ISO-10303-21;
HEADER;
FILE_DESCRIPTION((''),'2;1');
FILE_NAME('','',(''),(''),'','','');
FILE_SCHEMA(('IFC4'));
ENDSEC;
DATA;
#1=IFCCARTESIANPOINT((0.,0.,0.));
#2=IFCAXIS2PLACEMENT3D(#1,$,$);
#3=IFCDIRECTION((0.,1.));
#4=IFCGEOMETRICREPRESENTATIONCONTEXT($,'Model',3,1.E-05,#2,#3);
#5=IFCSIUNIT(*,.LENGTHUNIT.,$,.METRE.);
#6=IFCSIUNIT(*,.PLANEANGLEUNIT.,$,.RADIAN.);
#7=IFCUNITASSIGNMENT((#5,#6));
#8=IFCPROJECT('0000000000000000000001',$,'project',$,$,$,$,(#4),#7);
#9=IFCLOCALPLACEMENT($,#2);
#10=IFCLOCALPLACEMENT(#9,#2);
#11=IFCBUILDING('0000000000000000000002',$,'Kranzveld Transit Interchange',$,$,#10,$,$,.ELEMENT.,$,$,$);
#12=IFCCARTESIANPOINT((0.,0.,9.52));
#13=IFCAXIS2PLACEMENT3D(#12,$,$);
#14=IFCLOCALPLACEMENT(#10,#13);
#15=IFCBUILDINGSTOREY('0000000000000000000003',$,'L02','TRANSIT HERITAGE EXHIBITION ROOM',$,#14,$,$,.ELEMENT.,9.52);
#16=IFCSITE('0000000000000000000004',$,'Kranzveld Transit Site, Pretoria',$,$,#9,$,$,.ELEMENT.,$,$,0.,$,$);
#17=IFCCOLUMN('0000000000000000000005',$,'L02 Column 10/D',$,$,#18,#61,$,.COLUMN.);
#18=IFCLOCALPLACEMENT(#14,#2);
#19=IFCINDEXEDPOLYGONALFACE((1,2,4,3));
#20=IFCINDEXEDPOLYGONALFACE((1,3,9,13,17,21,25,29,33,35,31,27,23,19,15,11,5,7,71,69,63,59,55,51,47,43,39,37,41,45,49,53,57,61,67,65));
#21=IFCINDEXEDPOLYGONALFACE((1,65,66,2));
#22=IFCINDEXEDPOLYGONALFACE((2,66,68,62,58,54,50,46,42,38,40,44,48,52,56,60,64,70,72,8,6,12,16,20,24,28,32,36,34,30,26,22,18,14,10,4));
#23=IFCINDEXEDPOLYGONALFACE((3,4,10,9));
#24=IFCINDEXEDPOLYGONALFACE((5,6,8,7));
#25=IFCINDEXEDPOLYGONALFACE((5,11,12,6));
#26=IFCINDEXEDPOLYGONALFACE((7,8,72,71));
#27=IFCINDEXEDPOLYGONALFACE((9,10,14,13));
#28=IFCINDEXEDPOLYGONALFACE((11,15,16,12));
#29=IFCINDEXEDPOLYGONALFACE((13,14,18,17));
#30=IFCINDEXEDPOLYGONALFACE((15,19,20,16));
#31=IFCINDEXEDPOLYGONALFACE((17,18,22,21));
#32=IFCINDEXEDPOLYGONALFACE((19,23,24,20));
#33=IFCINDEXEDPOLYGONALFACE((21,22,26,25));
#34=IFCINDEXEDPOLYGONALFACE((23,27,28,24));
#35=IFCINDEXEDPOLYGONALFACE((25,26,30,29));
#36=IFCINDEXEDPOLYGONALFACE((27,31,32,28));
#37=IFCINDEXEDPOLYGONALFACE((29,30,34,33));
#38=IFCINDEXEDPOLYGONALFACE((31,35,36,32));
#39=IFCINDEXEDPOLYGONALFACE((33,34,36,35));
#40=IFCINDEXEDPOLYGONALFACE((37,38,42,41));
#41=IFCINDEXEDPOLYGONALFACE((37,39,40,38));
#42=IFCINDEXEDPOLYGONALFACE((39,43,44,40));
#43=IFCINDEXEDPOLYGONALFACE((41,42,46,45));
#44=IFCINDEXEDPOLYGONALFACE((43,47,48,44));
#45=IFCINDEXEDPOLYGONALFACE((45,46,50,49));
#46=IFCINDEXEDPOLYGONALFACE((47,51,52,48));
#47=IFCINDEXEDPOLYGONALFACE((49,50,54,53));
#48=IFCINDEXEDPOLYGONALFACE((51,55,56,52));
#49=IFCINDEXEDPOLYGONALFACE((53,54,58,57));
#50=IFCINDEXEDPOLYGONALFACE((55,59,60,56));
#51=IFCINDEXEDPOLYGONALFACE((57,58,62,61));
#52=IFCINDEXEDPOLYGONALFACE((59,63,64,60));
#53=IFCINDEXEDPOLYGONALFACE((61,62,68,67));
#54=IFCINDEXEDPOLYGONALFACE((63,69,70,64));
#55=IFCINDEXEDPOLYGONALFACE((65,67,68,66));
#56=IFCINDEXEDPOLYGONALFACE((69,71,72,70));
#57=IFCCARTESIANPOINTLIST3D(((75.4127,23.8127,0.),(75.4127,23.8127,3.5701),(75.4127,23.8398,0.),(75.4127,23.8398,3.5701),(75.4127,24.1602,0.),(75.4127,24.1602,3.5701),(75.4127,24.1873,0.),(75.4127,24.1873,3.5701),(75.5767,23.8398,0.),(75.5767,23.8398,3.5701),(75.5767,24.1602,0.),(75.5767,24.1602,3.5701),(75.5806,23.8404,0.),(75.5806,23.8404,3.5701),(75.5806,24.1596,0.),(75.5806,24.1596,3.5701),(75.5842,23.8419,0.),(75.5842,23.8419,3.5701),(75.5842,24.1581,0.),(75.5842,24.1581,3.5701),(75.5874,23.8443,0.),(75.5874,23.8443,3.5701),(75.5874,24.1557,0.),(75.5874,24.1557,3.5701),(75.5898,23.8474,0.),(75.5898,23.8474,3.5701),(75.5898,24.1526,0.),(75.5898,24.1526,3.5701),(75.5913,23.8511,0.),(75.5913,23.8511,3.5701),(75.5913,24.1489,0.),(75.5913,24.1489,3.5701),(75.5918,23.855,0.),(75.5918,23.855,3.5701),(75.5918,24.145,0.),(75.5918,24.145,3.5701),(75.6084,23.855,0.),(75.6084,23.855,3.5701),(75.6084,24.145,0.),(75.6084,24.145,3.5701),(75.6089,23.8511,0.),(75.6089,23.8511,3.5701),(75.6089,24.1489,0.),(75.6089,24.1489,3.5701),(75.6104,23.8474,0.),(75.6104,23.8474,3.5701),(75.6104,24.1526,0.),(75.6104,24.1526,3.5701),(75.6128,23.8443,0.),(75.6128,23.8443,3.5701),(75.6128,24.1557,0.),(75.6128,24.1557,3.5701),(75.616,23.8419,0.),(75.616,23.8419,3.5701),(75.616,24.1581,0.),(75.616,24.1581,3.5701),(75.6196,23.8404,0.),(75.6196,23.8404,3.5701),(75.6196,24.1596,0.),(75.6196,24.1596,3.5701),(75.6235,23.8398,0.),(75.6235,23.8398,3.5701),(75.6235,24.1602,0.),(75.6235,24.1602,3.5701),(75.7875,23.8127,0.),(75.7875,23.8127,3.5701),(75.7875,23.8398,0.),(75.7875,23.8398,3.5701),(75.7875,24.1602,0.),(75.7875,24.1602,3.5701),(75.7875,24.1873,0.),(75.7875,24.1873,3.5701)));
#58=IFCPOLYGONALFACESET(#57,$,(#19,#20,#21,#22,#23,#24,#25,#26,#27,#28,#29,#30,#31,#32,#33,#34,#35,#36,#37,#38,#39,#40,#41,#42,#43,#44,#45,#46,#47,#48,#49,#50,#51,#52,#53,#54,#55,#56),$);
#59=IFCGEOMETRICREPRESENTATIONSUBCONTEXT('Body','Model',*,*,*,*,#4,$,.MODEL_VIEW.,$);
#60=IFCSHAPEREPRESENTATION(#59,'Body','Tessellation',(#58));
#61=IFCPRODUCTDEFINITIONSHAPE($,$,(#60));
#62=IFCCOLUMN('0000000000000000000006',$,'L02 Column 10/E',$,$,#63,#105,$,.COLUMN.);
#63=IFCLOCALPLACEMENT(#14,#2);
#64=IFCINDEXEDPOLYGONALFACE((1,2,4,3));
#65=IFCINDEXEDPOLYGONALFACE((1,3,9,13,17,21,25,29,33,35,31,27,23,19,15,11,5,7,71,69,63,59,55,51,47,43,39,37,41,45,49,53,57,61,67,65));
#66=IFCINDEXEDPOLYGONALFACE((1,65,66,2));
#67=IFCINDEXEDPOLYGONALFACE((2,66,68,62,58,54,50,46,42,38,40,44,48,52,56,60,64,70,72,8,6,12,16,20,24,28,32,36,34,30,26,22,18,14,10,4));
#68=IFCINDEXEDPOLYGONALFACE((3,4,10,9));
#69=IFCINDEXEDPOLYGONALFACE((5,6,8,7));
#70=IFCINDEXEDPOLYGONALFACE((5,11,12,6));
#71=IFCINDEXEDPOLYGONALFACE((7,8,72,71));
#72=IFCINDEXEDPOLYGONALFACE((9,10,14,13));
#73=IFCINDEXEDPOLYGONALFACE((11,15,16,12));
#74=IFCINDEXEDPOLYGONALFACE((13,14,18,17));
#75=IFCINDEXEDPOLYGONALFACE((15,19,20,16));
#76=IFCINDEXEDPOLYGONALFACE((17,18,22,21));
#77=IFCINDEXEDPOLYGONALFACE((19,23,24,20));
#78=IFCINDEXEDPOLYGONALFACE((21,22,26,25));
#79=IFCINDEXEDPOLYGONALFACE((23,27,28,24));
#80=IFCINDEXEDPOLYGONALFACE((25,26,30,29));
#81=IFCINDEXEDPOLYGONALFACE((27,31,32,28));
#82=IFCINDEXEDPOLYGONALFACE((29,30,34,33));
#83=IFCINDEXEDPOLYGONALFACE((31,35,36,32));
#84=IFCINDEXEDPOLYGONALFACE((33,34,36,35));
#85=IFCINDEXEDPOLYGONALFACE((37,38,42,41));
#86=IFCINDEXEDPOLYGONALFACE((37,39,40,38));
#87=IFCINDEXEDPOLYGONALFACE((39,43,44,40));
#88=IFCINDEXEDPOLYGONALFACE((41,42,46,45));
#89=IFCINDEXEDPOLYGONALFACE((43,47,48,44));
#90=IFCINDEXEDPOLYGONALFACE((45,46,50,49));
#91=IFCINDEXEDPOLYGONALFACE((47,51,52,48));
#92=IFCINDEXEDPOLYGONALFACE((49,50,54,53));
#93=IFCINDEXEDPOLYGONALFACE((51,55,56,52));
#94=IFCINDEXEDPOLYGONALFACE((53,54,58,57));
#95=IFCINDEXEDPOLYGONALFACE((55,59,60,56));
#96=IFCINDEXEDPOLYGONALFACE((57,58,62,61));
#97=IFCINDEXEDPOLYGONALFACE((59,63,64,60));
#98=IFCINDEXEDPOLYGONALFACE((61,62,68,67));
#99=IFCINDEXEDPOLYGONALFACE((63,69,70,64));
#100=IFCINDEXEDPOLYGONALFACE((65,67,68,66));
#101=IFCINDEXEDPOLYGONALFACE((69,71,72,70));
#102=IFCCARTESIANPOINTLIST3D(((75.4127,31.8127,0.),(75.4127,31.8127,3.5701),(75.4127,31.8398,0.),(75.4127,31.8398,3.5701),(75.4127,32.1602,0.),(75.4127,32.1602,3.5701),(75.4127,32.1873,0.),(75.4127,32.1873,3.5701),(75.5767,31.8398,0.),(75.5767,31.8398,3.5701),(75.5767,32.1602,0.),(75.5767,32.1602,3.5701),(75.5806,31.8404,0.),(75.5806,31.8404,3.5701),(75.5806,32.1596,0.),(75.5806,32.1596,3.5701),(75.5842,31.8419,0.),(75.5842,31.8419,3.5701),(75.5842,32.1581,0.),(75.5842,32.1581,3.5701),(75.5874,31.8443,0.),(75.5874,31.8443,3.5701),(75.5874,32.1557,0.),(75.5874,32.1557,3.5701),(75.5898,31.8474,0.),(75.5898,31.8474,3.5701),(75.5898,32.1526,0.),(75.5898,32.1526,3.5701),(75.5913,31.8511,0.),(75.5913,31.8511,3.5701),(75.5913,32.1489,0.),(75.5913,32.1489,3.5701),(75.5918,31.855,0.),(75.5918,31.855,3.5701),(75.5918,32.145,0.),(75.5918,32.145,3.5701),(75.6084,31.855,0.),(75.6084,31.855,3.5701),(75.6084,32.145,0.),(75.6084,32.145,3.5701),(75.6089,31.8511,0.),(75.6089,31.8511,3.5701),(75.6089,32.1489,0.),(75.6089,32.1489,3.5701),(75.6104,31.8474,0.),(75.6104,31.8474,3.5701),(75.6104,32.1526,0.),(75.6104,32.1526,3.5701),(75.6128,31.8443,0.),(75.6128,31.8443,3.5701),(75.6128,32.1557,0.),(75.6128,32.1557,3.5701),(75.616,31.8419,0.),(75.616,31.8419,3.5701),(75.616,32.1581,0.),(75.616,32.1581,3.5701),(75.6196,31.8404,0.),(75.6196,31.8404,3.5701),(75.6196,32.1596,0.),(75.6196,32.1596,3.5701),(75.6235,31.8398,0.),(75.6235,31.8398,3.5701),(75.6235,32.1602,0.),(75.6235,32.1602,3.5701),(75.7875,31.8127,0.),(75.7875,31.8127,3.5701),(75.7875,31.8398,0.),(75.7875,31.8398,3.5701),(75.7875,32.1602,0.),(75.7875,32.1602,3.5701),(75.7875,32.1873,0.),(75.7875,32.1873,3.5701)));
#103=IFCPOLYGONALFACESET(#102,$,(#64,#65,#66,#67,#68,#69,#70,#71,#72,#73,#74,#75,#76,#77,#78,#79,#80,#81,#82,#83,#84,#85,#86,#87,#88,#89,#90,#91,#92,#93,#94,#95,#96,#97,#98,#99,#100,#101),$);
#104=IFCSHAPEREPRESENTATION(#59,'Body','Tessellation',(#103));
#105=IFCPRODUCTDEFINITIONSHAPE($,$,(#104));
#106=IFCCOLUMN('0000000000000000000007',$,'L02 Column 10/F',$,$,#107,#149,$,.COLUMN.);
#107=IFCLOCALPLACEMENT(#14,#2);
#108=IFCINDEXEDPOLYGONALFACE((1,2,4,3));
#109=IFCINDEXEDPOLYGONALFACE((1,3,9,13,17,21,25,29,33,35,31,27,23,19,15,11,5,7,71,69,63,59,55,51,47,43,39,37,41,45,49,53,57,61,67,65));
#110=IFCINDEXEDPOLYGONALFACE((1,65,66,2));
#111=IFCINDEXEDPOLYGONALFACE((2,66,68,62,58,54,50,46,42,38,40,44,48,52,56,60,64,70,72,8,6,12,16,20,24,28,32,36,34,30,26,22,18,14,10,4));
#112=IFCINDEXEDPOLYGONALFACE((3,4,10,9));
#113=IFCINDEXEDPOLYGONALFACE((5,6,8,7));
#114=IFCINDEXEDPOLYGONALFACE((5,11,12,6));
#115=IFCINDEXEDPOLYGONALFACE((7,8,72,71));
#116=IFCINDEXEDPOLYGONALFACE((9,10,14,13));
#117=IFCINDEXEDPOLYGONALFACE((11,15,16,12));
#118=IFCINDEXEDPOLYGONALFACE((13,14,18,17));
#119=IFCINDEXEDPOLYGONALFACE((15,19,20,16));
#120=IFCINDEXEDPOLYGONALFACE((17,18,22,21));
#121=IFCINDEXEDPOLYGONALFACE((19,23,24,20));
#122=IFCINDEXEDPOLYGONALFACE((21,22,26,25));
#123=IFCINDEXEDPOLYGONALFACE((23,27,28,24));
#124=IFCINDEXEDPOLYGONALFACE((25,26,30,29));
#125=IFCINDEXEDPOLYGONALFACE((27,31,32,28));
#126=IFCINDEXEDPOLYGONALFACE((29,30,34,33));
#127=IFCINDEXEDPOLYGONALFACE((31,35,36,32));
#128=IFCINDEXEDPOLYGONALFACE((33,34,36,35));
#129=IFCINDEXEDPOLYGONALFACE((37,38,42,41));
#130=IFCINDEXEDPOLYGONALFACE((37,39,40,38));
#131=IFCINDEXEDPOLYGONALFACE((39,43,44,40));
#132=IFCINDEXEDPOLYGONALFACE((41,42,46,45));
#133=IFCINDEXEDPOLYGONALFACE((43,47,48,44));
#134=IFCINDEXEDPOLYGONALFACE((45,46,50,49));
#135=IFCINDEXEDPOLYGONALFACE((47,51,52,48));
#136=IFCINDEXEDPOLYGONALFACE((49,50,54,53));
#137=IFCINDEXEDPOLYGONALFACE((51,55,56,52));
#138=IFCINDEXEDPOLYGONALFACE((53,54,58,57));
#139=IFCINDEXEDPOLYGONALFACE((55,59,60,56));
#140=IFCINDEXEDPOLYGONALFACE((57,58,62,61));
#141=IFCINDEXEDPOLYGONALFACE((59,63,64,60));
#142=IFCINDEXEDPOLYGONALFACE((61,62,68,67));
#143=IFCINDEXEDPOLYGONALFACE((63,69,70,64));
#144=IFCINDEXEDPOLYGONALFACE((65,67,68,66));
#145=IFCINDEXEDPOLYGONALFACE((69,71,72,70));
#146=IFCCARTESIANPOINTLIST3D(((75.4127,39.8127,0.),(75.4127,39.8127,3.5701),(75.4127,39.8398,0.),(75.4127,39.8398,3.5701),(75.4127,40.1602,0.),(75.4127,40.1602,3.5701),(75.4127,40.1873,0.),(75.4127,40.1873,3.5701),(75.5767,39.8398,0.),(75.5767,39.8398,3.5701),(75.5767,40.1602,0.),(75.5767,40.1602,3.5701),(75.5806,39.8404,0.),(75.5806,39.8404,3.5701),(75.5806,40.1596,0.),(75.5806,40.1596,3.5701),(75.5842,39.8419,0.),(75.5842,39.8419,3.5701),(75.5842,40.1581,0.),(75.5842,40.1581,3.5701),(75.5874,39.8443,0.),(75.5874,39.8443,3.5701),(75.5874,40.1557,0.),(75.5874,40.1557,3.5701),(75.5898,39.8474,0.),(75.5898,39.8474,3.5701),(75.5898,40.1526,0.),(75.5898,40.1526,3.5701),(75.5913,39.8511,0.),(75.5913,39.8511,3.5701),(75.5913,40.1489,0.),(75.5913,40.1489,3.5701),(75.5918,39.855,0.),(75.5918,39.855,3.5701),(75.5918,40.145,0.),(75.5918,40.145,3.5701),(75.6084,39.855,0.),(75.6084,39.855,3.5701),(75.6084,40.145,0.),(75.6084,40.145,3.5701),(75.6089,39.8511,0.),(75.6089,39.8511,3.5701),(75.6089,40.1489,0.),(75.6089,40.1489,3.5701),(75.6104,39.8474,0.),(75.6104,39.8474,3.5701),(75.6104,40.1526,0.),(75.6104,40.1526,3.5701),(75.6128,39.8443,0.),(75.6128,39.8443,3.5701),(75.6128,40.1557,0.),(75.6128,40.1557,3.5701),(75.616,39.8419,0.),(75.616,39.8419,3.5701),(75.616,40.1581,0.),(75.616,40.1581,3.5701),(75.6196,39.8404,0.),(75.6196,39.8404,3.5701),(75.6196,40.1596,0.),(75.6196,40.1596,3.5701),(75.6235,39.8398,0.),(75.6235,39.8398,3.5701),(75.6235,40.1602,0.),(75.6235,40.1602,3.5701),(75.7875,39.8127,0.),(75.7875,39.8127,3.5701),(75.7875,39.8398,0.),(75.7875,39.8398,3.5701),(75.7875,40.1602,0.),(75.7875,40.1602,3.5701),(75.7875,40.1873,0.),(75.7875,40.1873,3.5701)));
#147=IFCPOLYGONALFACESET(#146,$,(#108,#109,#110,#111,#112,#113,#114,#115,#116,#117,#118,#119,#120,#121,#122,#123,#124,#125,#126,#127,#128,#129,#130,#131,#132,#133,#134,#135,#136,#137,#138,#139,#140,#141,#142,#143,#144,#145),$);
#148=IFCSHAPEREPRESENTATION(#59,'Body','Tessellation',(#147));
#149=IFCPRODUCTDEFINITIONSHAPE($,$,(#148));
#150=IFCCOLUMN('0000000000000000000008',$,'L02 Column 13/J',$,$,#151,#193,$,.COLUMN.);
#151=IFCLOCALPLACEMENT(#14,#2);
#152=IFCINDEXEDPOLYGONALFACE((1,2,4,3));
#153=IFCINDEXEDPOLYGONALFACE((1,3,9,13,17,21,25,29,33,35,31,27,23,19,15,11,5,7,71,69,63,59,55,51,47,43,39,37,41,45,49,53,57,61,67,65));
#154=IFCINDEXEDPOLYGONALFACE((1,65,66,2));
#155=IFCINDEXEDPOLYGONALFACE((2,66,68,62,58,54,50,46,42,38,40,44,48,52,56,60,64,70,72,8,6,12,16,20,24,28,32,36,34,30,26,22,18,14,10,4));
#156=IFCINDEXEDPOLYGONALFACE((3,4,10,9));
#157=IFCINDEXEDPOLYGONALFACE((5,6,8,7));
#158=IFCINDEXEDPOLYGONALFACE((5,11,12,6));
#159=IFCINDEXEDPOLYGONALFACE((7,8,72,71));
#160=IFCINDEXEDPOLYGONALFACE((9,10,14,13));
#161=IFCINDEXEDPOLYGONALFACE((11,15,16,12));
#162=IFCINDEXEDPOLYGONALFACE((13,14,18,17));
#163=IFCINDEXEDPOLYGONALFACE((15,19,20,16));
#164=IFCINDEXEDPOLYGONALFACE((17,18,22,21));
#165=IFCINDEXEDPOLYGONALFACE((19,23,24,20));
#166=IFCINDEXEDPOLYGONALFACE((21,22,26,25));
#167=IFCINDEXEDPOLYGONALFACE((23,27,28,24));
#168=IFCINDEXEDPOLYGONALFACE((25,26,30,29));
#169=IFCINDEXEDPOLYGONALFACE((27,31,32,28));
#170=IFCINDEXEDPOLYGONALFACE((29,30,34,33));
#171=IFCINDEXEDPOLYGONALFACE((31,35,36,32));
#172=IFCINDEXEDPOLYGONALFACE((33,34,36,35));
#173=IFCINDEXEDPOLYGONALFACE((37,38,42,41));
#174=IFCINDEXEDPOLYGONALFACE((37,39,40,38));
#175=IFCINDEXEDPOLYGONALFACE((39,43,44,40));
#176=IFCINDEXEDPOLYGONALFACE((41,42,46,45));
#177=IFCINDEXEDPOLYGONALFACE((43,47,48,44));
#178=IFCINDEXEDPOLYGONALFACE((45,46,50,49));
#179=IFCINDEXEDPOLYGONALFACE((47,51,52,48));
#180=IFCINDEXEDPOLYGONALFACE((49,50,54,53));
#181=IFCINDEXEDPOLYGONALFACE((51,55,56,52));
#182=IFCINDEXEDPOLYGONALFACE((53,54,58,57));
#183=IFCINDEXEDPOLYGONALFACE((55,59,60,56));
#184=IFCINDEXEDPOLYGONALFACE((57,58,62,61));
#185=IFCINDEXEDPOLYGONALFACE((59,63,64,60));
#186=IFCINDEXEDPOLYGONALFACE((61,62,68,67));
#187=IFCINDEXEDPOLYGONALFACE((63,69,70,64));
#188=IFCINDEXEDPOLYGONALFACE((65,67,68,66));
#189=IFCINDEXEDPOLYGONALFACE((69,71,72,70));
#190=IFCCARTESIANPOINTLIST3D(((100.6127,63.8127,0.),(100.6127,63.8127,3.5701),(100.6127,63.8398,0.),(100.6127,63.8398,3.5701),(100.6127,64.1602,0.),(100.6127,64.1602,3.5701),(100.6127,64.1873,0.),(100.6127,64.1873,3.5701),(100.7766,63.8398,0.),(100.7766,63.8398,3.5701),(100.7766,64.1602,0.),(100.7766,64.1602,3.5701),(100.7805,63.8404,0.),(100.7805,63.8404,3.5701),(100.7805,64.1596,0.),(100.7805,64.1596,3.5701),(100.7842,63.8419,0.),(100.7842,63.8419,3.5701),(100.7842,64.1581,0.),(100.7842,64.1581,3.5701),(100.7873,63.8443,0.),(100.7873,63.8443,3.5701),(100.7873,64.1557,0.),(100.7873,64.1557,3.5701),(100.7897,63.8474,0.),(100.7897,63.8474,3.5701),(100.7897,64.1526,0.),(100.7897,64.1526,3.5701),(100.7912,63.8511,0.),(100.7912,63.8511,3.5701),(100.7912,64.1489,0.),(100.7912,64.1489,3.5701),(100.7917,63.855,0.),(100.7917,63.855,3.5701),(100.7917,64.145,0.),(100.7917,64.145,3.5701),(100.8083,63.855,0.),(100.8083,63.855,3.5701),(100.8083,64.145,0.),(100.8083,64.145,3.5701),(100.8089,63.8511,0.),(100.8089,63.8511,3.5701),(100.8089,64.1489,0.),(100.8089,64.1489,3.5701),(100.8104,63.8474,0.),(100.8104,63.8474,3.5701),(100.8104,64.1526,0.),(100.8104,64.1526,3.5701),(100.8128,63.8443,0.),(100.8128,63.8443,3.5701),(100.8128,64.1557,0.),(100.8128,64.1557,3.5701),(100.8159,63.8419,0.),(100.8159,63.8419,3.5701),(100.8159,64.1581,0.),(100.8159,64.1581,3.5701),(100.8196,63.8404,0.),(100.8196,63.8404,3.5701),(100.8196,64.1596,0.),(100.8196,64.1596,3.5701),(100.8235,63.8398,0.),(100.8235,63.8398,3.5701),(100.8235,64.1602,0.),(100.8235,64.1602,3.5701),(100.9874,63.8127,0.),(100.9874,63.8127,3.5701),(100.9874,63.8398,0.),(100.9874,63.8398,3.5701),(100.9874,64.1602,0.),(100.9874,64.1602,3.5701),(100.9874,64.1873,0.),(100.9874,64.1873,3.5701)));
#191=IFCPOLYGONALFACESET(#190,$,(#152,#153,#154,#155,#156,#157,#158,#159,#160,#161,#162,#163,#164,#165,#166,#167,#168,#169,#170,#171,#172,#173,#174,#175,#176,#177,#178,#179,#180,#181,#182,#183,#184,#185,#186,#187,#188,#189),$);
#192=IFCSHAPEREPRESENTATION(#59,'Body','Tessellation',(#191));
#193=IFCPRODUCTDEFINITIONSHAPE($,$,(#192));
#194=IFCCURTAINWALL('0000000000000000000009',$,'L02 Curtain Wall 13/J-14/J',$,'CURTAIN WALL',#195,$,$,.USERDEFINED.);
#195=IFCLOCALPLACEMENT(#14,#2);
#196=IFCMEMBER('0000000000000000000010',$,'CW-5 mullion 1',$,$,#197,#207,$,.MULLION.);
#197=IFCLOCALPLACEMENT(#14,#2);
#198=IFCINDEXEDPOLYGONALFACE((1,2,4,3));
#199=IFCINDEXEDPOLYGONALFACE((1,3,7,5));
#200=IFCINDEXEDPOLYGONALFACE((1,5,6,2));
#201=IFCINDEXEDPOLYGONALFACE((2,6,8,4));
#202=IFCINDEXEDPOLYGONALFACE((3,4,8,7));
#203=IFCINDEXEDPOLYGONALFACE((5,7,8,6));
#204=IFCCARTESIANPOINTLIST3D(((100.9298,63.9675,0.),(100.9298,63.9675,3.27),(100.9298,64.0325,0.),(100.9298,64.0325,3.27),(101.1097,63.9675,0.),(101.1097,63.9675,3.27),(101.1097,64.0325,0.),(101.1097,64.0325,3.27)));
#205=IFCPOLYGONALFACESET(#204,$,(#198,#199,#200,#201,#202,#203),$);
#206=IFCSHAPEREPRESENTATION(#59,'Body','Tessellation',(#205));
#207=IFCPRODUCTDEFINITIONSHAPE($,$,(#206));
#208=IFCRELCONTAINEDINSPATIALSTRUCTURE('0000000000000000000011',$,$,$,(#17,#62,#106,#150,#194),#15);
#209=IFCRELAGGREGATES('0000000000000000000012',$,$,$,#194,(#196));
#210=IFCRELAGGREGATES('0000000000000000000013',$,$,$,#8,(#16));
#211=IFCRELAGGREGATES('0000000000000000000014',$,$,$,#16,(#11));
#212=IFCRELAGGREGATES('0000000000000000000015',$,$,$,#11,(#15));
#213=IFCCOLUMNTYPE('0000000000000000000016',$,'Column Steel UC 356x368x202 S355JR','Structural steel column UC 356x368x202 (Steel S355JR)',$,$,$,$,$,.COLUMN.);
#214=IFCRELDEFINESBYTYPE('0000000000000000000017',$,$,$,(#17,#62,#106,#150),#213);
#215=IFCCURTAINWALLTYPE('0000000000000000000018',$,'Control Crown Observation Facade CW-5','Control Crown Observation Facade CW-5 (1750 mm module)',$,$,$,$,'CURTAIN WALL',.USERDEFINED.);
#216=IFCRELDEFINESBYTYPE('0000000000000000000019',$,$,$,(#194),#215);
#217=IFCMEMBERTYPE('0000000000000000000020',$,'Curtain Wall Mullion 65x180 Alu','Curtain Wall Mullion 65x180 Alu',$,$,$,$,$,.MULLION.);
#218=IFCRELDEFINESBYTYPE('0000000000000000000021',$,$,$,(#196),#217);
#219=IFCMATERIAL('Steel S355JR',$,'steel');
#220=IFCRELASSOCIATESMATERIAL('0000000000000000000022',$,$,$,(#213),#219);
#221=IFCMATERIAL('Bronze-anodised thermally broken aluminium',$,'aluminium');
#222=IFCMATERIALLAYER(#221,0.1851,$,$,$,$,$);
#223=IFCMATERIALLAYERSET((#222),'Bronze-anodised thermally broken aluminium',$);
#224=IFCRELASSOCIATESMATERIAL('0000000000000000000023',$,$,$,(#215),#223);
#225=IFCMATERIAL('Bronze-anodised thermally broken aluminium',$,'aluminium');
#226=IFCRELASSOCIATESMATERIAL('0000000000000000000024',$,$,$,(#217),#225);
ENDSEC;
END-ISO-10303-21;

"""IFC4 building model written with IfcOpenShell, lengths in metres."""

from ifc_helpers import new_model, si_unit, direction, frame, origin, origin_2d, place, context, subcontext, project, spatial, rectangle, i_section, extrude, material, layer, layer_set, material_profile, profile_set, type_object, element, aggregate, save


model = new_model("IFC4")

# Units and contexts
model_context = context("Model", 3, precision=1e-05, world=origin(), true_north=direction((0.0, 1.0)))
body_context = subcontext(model_context, "Body", "Model", "MODEL_VIEW")
ifc_project = project(units=[si_unit("LENGTHUNIT", "METRE"), si_unit("PLANEANGLEUNIT", "RADIAN")], contexts=[model_context])

# Site, building, storey
site_placement = place(None, origin())
site = spatial("IfcSite", under=ifc_project, at=site_placement, Name="Kranzveld Transit Site, Pretoria", CompositionType="ELEMENT", RefElevation=0.0)
building_placement = place(site_placement, origin())
building = spatial("IfcBuilding", under=site, at=building_placement, Name="Kranzveld Transit Interchange", CompositionType="ELEMENT")
storey_placement = place(building_placement, frame((0.0, 0.0, 9.52)))
storey = spatial("IfcBuildingStorey", under=building, at=storey_placement, Name="L02", Description="TRANSIT HERITAGE EXHIBITION ROOM", CompositionType="ELEMENT", Elevation=9.52)

# Columns
ifc_material_1 = material(Name="Steel S355JR", Category="steel")
ifc_material_profile_1 = material_profile(ifc_material_1, i_section(OverallWidth=0.3748, OverallDepth=0.3745, WebThickness=0.0166, FlangeThickness=0.0271, FilletRadius=0.0151, at=origin_2d()), Name="UC 356x368x202")
ifc_profile_set_1 = profile_set([ifc_material_profile_1], Name="Steel S355JR")
column_type = type_object("IfcColumnType", Name="Column Steel UC 356x368x202 S355JR", Description="Structural steel column UC 356x368x202 (Steel S355JR)", PredefinedType="COLUMN", material=ifc_profile_set_1)
for number, where, z_axis, x_axis, name in (
    (1, (75.6001, 24.0, 0.0), (0.0, 0.0, 1.0), (1.0, 0.0, 0.0), "L02 Column 10/D"),
    (2, (75.6001, 32.0, 0.0), (0.0, 0.0, 1.0), (1.0, 0.0, 0.0), "L02 Column 10/E"),
    (3, (75.6001, 40.0, 0.0), (0.0, 0.0, 1.0), (1.0, 0.0, 0.0), "L02 Column 10/F"),
    (4, (100.8, 64.0, 0.0), (0.0, 0.0, 1.0), (1.0, 0.0, 0.0), "L02 Column 13/J"),
):
    element("IfcColumn", number, at=place(storey_placement, frame(where, z_axis=z_axis, x_axis=x_axis)), inside=storey, type_object=column_type, Name=name, PredefinedType="COLUMN", context=body_context, shape_type="SweptSolid", body=[
        extrude(i_section(OverallWidth=0.3748, OverallDepth=0.3745, WebThickness=0.0166, FlangeThickness=0.0271, FilletRadius=0.0151, at=origin_2d()), origin(), (0.0, 0.0, 1.0), 3.5701),
    ])

# Curtain wall, member
ifc_material_2 = material(Name="Bronze-anodised thermally broken aluminium", Category="aluminium")
ifc_layer_1 = layer(ifc_material_2, 0.1851)
ifc_layer_set_1 = layer_set([ifc_layer_1], Name="Bronze-anodised thermally broken aluminium")
curtain_wall_type = type_object("IfcCurtainWallType", Name="Control Crown Observation Facade CW-5", Description="Control Crown Observation Facade CW-5 (1750 mm module)", ElementType="CURTAIN WALL", PredefinedType="USERDEFINED", material=ifc_layer_set_1)
curtain_wall_placement = place(storey_placement, origin())
curtain_wall = element("IfcCurtainWall", 5, at=curtain_wall_placement, inside=storey, type_object=curtain_wall_type, Name="L02 Curtain Wall 13/J-14/J", ObjectType="CURTAIN WALL", PredefinedType="USERDEFINED")
ifc_material_3 = material(Name="Bronze-anodised thermally broken aluminium", Category="aluminium")
ifc_material_profile_2 = material_profile(ifc_material_3, rectangle(XDim=0.0649, YDim=0.1799, at=origin_2d()), Name="ALU MULLION 65x180")
ifc_profile_set_2 = profile_set([ifc_material_profile_2], Name="Bronze-anodised thermally broken aluminium")
member_type_1 = type_object("IfcMemberType", Name="Curtain Wall Mullion 65x180 Alu", Description="Curtain Wall Mullion 65x180 Alu", PredefinedType="MULLION", material=ifc_profile_set_2)
member_1_placement = place(storey_placement, frame((101.0198, 64.0, 0.0), z_axis=(0.0, 0.0, 1.0), x_axis=(0.0, 1.0, 0.0)))
member_1 = element("IfcMember", 6, at=member_1_placement, type_object=member_type_1, Name="CW-5 mullion 1", PredefinedType="MULLION", context=body_context, shape_type="SweptSolid", body=[
    extrude(rectangle(XDim=0.0649, YDim=0.1799, at=origin_2d()), origin(), (0.0, 0.0, 1.0), 3.27),
])

aggregate(curtain_wall, [member_1])

save(model, "model.ifc")
